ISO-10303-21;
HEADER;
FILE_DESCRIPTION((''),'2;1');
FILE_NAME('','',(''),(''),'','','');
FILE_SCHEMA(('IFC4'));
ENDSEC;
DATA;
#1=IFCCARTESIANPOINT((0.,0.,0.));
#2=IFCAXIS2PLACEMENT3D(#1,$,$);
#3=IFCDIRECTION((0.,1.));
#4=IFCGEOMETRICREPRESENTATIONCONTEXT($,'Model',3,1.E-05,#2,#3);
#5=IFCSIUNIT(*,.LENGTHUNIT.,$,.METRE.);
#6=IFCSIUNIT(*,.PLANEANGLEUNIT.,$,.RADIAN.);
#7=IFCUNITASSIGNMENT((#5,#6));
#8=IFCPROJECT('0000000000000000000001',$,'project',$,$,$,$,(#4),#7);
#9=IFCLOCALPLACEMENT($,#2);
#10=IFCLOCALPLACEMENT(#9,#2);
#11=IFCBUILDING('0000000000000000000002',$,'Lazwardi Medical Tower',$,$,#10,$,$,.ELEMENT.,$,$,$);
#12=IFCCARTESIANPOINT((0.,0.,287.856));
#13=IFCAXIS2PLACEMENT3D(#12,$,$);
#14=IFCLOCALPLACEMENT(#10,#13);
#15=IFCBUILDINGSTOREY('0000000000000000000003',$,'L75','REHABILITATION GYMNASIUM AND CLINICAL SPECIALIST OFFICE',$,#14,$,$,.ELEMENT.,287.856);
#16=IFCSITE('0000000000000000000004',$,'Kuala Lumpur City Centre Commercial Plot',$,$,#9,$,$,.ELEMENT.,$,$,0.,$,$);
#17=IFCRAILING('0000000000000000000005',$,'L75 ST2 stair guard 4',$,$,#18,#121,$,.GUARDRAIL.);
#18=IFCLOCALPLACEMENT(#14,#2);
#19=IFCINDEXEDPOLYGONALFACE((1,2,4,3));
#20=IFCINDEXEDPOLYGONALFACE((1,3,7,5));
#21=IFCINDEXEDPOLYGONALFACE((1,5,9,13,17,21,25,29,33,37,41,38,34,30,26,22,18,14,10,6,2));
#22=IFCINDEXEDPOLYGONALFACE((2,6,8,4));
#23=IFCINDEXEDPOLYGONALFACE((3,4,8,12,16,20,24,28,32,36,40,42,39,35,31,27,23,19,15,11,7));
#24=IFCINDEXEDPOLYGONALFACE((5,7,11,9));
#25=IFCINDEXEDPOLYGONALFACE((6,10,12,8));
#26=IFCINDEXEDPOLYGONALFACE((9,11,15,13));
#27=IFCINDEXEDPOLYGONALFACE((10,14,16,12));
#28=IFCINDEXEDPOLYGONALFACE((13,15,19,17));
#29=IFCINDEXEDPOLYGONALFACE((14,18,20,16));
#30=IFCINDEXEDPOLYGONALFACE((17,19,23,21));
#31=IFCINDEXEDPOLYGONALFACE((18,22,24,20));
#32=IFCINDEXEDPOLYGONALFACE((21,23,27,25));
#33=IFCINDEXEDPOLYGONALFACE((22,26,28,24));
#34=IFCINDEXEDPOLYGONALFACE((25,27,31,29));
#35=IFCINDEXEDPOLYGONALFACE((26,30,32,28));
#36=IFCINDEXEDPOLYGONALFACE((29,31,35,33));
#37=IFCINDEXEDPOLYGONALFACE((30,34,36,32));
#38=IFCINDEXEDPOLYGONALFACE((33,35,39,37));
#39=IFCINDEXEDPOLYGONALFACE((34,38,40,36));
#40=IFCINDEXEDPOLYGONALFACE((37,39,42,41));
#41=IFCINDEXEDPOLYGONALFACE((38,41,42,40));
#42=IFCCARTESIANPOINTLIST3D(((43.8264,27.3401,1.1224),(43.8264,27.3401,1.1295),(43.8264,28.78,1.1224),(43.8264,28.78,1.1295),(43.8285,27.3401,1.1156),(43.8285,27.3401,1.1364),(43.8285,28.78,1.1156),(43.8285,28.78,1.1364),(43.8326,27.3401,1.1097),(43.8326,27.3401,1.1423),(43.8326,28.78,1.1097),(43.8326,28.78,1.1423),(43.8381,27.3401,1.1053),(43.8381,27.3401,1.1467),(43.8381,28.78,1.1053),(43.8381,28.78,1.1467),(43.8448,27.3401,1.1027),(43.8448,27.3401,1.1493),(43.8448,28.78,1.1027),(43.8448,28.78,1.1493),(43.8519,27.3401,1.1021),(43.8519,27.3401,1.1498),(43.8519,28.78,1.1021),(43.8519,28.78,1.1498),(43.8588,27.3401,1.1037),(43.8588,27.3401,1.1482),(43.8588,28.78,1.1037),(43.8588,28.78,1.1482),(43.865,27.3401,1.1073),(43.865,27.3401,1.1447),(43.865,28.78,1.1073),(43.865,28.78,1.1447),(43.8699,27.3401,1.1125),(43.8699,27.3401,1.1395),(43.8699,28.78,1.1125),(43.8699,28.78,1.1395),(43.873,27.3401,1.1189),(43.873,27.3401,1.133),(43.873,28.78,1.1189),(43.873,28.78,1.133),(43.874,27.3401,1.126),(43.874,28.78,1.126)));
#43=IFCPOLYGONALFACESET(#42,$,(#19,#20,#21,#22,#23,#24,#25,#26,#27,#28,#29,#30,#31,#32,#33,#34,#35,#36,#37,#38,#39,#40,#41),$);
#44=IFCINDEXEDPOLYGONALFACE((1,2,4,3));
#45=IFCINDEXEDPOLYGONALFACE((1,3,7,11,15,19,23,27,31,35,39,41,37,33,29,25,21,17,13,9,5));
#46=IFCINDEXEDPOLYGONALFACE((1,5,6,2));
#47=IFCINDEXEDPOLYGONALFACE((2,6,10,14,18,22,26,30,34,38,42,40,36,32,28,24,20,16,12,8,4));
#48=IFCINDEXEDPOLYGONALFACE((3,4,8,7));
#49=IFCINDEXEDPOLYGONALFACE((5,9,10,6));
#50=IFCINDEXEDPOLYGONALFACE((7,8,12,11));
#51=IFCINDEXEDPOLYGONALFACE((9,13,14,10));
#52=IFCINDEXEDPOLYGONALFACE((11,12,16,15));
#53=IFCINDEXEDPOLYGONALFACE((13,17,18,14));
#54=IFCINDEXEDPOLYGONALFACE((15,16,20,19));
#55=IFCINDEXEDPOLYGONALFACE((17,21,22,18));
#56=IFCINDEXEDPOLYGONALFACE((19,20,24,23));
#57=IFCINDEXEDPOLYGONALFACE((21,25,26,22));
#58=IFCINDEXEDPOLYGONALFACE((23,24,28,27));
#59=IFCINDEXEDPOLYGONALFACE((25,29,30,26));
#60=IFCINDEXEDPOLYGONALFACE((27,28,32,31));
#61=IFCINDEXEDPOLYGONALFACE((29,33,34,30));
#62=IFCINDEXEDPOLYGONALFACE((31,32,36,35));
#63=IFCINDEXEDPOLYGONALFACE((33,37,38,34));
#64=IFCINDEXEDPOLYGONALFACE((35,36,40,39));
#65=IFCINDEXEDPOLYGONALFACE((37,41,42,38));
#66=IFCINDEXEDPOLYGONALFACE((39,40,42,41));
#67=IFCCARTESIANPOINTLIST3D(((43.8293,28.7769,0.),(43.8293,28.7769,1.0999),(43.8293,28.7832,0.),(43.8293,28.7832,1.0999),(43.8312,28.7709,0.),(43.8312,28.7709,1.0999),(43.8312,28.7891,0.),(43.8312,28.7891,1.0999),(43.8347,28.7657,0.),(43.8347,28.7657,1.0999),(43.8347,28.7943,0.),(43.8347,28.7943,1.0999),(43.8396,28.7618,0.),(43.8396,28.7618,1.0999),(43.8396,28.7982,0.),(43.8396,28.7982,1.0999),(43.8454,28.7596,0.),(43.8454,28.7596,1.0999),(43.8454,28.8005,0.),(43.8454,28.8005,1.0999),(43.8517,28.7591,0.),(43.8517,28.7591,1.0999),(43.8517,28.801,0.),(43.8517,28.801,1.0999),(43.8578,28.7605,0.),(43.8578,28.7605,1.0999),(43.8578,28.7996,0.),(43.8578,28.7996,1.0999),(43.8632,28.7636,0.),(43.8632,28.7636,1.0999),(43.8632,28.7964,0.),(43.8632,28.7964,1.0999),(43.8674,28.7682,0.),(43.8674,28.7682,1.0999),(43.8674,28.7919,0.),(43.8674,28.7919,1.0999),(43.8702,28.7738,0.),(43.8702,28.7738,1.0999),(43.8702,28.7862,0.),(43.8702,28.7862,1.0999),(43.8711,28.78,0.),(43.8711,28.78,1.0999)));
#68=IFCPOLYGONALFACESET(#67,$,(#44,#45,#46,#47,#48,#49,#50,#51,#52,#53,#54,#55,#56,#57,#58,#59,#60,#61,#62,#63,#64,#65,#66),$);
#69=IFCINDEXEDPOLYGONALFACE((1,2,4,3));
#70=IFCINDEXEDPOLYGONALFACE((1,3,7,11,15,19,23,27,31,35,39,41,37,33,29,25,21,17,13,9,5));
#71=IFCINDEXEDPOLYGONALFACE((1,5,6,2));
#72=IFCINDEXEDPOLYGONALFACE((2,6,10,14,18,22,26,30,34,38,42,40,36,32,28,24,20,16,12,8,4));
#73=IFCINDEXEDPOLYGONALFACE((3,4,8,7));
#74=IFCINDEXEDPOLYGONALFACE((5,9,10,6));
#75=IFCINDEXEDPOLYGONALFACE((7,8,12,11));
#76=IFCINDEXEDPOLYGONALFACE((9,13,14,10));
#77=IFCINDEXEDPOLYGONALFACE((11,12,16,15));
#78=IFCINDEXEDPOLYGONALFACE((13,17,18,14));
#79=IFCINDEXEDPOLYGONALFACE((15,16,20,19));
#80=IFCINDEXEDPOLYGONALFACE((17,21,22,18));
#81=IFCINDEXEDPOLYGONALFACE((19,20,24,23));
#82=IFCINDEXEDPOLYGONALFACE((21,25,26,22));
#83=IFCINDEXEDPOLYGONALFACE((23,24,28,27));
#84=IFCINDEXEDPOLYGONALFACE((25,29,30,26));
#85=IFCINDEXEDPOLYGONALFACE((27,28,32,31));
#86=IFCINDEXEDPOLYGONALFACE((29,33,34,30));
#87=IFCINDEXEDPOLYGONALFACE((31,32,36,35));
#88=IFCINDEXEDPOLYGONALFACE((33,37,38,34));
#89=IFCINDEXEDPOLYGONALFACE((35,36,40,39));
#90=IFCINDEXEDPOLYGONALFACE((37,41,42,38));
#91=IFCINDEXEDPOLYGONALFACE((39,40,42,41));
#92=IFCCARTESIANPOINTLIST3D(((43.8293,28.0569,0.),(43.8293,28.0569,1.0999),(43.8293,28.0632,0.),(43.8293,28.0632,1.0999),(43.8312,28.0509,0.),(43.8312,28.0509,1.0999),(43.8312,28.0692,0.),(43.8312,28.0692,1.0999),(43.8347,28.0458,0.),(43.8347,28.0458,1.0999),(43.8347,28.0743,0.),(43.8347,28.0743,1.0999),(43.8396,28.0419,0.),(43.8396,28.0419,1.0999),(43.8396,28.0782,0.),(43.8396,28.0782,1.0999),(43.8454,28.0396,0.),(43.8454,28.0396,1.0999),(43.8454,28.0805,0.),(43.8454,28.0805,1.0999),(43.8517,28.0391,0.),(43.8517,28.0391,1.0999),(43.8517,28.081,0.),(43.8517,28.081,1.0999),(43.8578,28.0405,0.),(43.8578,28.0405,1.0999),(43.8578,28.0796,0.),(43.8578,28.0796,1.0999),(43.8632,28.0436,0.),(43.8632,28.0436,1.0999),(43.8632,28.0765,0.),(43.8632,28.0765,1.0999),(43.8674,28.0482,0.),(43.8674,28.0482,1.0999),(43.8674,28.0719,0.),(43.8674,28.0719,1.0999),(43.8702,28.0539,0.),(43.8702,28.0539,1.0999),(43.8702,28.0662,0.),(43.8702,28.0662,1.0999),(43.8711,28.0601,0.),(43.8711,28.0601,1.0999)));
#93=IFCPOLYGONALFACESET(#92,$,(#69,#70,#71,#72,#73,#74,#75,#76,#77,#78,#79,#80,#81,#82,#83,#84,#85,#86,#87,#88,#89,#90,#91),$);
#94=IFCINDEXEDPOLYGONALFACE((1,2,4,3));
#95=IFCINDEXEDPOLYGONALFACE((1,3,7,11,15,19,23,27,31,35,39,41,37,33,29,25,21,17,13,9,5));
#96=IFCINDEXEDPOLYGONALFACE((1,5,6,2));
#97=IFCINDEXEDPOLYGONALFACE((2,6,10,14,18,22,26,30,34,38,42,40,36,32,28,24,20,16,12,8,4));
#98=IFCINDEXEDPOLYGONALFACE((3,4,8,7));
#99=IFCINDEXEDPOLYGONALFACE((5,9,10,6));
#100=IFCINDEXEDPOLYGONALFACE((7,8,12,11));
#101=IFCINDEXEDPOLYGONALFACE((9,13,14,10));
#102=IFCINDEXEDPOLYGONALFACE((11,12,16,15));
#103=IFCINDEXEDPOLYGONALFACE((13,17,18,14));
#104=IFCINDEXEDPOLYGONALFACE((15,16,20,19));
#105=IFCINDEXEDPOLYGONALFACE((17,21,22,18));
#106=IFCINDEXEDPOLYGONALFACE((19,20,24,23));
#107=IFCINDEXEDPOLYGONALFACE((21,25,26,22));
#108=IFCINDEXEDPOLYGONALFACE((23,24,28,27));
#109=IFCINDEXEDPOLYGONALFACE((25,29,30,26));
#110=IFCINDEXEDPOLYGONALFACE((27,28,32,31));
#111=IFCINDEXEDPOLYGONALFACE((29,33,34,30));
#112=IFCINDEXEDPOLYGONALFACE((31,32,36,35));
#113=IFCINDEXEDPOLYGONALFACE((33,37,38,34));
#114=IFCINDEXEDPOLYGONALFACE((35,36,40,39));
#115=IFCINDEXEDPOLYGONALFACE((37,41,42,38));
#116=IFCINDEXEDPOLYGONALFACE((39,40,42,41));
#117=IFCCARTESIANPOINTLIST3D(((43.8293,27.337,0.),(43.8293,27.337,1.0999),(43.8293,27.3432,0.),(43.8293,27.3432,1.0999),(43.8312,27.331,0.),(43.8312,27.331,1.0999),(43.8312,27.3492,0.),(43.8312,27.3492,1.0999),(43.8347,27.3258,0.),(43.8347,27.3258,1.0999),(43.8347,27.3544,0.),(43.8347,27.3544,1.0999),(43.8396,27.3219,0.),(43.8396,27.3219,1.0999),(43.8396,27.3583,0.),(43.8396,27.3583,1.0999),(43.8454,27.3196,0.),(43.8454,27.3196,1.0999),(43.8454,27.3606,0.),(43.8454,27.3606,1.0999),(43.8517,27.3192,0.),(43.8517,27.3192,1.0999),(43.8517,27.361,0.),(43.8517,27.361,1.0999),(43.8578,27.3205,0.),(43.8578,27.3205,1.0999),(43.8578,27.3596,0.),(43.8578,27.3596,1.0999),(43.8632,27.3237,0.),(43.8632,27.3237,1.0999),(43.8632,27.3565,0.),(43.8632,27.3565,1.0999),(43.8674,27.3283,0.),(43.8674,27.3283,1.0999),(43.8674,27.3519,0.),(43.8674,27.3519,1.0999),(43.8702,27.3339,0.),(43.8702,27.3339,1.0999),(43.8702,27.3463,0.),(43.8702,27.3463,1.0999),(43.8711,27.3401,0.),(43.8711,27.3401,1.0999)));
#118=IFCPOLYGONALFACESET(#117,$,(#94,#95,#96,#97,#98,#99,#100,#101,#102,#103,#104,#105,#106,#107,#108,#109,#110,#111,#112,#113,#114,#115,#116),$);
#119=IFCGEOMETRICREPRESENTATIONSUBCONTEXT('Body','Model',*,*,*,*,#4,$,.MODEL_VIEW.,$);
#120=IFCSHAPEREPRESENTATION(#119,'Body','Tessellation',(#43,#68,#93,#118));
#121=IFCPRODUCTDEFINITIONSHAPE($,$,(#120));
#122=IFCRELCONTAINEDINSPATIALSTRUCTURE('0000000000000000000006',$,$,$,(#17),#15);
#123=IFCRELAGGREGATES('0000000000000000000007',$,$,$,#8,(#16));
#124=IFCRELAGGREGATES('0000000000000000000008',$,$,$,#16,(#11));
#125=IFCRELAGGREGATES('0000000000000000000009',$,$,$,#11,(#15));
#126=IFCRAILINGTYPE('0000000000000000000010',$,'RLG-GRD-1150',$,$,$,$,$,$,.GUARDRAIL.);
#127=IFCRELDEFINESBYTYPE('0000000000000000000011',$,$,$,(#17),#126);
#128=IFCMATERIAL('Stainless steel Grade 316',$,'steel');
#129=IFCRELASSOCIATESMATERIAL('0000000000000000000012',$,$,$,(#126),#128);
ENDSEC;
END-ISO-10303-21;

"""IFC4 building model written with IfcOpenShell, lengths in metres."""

from ifc_helpers import new_model, si_unit, direction, frame, origin, origin_2d, place, context, subcontext, project, spatial, circle, extrude, material, type_object, element, save


model = new_model("IFC4")

# Units and contexts
model_context = context("Model", 3, precision=1e-05, world=origin(), true_north=direction((0.0, 1.0)))
body_context = subcontext(model_context, "Body", "Model", "MODEL_VIEW")
ifc_project = project(units=[si_unit("LENGTHUNIT", "METRE"), si_unit("PLANEANGLEUNIT", "RADIAN")], contexts=[model_context])

# Site, building, storey
site_placement = place(None, origin())
site = spatial("IfcSite", under=ifc_project, at=site_placement, Name="Kuala Lumpur City Centre Commercial Plot", CompositionType="ELEMENT", RefElevation=0.0)
building_placement = place(site_placement, origin())
building = spatial("IfcBuilding", under=site, at=building_placement, Name="Lazwardi Medical Tower", CompositionType="ELEMENT")
storey_placement = place(building_placement, frame((0.0, 0.0, 287.856)))
storey = spatial("IfcBuildingStorey", under=building, at=storey_placement, Name="L75", Description="REHABILITATION GYMNASIUM AND CLINICAL SPECIALIST OFFICE", CompositionType="ELEMENT", Elevation=287.856)

# Railing
ifc_material_1 = material(Name="Stainless steel Grade 316", Category="steel")
railing_type_1 = type_object("IfcRailingType", Name="RLG-GRD-1150", PredefinedType="GUARDRAIL", material=ifc_material_1)
railing_1_placement = place(storey_placement, frame((43.8501, 28.78, 0.0)))
element("IfcRailing", 1, at=railing_1_placement, inside=storey, type_object=railing_type_1, Name="L75 ST2 stair guard 4", PredefinedType="GUARDRAIL", context=body_context, shape_type="SweptSolid", body=[
    extrude(circle(Radius=0.0239, at=origin_2d()), frame((0.0, 0.0, 1.126), z_axis=(0.0, -1.0, 0.0), x_axis=(1.0, 0.0, 0.0)), (0.0, 0.0, 1.0), 1.4399),
    extrude(circle(Radius=0.021, at=origin_2d()), origin(), (0.0, 0.0, 1.0), 1.0999),
    extrude(circle(Radius=0.021, at=origin_2d()), frame((0.0, -0.72, 0.0)), (0.0, 0.0, 1.0), 1.0999),
    extrude(circle(Radius=0.021, at=origin_2d()), frame((0.0, -1.4399, 0.0)), (0.0, 0.0, 1.0), 1.0999),
])

save(model, "model.ifc")
